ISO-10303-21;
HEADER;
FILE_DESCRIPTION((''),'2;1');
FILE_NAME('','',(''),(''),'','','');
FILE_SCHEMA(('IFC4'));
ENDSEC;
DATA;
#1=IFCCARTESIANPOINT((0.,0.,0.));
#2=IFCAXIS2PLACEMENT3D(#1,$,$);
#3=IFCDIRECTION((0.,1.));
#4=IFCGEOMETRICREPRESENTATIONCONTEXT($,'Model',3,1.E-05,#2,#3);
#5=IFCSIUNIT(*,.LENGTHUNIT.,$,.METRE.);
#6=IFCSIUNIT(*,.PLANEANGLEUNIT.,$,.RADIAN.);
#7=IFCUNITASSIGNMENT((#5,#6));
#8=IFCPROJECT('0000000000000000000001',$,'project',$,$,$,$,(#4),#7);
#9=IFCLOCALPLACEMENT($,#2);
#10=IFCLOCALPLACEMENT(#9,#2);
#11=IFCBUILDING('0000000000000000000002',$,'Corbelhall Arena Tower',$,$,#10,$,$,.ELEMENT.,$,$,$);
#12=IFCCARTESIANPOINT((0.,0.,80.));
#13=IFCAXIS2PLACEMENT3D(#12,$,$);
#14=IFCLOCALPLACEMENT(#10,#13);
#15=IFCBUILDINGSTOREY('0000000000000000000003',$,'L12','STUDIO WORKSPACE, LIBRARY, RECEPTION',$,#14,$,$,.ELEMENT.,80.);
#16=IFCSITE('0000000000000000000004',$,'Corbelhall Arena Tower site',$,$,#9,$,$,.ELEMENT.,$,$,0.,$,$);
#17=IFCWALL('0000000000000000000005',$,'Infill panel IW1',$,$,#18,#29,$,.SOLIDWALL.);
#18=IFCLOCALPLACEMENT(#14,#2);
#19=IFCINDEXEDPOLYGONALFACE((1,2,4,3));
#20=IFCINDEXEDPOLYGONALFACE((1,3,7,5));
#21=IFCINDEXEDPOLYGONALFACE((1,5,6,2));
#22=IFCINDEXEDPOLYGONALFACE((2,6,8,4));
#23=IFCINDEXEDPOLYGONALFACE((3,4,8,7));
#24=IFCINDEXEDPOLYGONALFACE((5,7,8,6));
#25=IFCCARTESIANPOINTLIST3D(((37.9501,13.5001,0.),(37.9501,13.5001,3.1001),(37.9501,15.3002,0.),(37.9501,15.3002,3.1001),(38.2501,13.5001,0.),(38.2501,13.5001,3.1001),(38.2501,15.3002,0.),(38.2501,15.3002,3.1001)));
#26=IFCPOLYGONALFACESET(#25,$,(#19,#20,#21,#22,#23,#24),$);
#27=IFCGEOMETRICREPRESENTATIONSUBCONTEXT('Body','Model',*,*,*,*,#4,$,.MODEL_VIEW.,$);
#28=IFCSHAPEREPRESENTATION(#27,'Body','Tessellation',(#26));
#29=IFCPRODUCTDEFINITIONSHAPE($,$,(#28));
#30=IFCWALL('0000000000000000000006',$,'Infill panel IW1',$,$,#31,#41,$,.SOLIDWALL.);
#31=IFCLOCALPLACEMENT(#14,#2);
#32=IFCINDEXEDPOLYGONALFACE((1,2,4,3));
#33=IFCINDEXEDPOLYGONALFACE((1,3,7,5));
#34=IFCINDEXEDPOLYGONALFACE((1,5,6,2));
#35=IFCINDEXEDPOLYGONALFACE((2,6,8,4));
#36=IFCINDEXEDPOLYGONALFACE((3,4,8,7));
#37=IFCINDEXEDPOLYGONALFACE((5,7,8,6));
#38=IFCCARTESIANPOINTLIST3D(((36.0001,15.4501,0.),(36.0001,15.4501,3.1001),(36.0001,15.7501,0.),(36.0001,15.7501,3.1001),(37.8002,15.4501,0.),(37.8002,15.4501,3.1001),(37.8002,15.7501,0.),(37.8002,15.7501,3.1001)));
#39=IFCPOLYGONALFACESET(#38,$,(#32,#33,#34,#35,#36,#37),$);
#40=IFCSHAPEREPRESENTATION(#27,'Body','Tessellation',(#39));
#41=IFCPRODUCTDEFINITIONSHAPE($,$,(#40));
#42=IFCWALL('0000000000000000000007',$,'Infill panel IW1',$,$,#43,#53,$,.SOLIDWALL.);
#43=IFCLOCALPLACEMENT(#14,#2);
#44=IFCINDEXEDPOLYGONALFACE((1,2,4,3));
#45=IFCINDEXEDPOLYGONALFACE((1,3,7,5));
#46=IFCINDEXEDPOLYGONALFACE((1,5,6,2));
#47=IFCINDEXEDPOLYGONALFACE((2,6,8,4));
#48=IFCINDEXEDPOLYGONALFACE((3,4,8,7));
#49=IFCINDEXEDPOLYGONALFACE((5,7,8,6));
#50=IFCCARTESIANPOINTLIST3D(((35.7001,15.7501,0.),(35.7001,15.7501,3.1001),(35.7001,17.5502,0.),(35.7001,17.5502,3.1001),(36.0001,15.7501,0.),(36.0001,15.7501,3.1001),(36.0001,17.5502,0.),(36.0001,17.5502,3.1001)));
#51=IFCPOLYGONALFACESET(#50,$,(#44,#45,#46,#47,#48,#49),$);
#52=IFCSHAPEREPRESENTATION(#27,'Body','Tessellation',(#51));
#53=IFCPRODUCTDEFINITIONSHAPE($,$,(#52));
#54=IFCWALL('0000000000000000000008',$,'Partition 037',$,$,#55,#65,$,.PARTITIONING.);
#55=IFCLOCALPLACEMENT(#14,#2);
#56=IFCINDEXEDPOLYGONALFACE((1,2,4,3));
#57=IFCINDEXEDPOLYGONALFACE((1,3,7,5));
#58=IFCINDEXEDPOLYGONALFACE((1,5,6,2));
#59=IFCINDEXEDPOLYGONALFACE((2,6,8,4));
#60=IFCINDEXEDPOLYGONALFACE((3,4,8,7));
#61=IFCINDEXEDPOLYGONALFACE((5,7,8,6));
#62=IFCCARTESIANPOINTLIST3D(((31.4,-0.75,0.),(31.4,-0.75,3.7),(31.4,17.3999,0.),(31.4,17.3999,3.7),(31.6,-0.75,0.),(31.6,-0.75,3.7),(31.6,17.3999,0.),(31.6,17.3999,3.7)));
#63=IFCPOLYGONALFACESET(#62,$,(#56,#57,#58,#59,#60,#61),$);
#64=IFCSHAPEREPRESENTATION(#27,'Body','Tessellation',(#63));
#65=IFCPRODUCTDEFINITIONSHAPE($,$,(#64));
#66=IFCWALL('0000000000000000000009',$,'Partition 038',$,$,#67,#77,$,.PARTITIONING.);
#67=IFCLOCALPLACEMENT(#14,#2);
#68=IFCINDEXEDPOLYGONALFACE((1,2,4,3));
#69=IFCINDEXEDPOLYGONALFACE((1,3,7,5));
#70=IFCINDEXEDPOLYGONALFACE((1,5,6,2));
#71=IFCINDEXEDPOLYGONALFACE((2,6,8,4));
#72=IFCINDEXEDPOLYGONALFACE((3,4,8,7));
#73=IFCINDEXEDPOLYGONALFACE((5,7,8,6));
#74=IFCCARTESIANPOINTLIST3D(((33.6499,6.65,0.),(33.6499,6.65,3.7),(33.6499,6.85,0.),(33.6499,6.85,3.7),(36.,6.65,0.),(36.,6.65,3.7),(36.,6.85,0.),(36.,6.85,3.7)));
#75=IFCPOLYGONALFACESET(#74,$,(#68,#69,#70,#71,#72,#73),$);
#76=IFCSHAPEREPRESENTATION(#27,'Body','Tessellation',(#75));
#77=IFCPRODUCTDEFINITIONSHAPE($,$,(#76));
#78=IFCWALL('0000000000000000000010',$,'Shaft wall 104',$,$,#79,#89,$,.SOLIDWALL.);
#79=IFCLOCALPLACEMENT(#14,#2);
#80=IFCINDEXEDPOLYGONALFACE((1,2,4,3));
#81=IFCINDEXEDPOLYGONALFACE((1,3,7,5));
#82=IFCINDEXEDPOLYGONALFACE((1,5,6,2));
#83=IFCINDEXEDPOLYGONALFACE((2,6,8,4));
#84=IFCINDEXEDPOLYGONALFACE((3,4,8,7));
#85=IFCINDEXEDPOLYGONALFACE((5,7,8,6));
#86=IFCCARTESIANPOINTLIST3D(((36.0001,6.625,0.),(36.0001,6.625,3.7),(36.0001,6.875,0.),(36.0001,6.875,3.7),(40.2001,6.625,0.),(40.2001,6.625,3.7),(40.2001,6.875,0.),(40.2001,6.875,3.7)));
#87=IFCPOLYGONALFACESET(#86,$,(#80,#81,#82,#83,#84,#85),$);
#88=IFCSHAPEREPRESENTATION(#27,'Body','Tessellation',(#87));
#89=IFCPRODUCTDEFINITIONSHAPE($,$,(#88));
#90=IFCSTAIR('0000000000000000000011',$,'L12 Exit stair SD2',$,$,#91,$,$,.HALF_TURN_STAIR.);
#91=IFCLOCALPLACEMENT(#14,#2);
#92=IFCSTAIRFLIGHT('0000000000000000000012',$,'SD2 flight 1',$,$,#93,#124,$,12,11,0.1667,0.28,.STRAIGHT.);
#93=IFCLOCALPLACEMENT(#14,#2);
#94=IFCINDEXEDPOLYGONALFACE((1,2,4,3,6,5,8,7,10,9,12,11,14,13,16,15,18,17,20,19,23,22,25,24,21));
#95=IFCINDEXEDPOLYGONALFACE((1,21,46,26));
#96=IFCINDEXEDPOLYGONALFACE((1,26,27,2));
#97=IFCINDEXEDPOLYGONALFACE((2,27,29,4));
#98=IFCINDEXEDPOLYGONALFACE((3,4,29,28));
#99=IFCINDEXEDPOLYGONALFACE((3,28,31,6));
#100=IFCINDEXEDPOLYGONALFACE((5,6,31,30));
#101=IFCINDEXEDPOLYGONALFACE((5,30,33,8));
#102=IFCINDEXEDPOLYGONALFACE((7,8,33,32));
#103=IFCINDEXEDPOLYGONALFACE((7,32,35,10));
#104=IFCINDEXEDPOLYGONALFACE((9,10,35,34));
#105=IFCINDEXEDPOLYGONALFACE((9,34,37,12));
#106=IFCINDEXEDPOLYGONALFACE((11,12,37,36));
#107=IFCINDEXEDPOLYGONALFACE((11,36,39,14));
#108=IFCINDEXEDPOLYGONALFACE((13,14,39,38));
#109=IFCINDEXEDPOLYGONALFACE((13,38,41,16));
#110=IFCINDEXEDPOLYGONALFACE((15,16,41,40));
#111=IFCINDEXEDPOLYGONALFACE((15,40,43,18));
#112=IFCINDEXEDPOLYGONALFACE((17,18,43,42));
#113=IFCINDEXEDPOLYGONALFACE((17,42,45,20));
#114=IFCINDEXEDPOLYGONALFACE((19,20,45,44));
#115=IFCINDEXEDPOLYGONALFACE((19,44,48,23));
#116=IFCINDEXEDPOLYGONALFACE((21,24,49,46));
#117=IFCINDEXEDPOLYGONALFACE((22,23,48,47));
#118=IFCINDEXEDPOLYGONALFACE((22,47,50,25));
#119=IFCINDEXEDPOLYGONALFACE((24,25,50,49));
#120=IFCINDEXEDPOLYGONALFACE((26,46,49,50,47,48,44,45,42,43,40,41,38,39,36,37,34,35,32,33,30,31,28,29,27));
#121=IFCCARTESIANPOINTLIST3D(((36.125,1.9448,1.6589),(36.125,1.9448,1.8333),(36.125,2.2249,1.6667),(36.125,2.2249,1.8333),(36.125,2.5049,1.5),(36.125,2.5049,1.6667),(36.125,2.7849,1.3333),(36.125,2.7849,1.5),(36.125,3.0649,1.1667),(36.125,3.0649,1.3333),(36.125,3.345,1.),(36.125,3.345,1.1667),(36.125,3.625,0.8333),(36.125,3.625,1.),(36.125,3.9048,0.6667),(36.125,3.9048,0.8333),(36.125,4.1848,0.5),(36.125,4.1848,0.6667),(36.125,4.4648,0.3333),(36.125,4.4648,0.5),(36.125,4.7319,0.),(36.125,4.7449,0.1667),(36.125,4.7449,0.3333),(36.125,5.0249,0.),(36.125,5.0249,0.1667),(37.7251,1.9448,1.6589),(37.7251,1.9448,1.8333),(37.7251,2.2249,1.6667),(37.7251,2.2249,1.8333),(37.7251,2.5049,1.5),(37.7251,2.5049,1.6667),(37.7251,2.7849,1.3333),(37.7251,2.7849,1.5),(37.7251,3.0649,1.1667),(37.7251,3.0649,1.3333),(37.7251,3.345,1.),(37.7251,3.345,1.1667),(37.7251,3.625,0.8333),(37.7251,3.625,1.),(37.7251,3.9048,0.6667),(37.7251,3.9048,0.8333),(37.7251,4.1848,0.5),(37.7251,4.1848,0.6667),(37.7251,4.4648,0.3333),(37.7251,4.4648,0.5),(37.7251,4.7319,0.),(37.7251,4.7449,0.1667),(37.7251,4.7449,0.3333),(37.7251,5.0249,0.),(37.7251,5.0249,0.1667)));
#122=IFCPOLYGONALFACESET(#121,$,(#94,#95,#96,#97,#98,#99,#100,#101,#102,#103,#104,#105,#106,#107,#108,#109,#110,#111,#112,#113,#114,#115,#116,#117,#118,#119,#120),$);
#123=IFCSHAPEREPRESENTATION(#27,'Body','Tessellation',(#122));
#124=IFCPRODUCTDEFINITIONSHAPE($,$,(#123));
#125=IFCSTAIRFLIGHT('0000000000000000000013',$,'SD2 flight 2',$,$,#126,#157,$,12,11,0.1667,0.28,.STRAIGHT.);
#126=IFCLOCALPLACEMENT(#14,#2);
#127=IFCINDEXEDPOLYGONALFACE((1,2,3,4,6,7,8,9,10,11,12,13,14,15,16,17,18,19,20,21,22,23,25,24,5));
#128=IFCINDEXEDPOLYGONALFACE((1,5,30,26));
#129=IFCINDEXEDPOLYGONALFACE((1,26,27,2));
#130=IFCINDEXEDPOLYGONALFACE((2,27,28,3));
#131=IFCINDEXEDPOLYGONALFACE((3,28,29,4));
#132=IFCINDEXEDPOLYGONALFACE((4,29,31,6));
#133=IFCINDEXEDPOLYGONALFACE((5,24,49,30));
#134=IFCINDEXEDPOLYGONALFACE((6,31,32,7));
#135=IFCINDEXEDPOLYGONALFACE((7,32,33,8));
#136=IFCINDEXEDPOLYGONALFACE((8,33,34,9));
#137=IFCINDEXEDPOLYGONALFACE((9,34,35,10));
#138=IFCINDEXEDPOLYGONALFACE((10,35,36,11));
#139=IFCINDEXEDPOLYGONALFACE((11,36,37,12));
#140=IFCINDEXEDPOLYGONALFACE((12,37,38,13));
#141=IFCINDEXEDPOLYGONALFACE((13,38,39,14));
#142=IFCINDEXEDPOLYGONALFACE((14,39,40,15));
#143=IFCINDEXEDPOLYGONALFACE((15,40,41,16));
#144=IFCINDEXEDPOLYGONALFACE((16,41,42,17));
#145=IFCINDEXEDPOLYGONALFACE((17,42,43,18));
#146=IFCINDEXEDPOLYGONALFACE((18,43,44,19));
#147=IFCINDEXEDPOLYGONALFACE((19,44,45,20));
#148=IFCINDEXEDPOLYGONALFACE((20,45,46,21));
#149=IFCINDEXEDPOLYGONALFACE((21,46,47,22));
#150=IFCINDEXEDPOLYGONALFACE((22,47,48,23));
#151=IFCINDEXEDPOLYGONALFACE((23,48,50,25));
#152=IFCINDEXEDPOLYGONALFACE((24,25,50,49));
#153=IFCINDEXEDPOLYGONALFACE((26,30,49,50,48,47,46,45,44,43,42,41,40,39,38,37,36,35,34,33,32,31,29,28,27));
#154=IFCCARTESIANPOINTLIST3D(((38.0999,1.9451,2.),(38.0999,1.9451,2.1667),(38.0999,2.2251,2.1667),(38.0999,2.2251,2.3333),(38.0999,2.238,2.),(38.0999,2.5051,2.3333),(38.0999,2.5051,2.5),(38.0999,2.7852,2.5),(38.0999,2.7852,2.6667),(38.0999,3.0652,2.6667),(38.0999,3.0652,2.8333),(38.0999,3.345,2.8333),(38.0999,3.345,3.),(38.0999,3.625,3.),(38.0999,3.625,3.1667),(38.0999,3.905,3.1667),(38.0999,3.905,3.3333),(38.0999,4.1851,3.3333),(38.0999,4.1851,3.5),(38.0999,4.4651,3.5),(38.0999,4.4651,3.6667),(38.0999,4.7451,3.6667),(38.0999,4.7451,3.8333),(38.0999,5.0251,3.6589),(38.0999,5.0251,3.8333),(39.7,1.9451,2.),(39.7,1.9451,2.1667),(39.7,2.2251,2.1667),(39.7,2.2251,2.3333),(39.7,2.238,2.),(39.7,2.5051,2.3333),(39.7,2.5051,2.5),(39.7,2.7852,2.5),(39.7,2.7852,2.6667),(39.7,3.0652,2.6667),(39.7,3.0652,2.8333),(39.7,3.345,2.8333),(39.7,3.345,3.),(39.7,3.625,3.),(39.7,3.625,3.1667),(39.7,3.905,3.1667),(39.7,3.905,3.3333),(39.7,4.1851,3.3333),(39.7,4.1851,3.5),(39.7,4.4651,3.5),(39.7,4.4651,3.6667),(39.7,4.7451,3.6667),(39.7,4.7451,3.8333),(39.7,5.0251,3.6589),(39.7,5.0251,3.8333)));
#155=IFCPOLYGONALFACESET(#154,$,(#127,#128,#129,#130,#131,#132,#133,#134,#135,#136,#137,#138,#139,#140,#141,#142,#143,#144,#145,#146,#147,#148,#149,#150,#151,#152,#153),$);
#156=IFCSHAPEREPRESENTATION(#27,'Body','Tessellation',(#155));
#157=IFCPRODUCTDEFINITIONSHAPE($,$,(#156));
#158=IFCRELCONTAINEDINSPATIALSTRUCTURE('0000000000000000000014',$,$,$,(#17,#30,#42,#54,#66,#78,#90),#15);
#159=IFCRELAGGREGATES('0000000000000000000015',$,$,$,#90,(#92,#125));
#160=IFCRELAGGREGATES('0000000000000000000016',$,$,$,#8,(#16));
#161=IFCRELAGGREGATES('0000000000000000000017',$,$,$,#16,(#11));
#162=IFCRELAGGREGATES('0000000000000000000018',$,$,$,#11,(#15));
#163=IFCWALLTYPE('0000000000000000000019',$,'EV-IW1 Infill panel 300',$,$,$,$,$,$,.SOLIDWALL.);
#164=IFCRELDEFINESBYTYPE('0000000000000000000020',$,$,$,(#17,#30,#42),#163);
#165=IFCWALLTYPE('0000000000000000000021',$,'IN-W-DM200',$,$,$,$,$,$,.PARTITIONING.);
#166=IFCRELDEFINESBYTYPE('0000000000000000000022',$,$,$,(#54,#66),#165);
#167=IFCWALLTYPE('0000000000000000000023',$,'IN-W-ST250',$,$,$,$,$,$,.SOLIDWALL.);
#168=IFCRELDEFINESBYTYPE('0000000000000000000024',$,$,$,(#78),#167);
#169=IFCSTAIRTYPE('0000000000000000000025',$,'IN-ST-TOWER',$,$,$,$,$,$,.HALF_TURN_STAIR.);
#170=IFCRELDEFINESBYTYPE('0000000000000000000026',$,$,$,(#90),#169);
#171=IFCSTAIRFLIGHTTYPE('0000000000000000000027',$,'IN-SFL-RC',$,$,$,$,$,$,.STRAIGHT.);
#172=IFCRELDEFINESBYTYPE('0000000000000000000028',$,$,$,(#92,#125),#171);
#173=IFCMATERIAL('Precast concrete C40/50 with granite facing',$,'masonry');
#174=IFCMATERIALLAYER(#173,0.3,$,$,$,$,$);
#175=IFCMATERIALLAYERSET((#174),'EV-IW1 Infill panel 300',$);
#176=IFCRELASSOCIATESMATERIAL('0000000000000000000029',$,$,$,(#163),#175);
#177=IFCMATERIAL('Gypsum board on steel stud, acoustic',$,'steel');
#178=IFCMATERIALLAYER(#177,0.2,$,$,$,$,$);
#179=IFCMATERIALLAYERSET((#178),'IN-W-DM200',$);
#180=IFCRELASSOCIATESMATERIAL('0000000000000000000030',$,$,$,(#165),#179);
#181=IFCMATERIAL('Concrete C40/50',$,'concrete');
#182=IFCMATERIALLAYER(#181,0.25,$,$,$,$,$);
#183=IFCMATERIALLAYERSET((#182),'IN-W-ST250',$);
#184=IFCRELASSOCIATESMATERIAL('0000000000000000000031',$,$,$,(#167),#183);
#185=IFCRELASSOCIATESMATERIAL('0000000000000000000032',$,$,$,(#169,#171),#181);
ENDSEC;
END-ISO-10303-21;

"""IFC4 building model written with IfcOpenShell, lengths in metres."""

from ifc_helpers import new_model, si_unit, direction, frame, frame_2d, origin, place, context, subcontext, project, spatial, polyline, rectangle, outline, extrude, material, layer, layer_set, type_object, element, aggregate, save


model = new_model("IFC4")

# Units and contexts
model_context = context("Model", 3, precision=1e-05, world=origin(), true_north=direction((0.0, 1.0)))
body_context = subcontext(model_context, "Body", "Model", "MODEL_VIEW")
ifc_project = project(units=[si_unit("LENGTHUNIT", "METRE"), si_unit("PLANEANGLEUNIT", "RADIAN")], contexts=[model_context])

# Site, building, storey
site_placement = place(None, origin())
site = spatial("IfcSite", under=ifc_project, at=site_placement, Name="Corbelhall Arena Tower site", CompositionType="ELEMENT", RefElevation=0.0)
building_placement = place(site_placement, origin())
building = spatial("IfcBuilding", under=site, at=building_placement, Name="Corbelhall Arena Tower", CompositionType="ELEMENT")
storey_placement = place(building_placement, frame((0.0, 0.0, 80.0)))
storey = spatial("IfcBuildingStorey", under=building, at=storey_placement, Name="L12", Description="STUDIO WORKSPACE, LIBRARY, RECEPTION", CompositionType="ELEMENT", Elevation=80.0)

# Walls
ifc_material_1 = material(Name="Precast concrete C40/50 with granite facing", Category="masonry")
ifc_layer_1 = layer(ifc_material_1, 0.3)
ifc_layer_set_1 = layer_set([ifc_layer_1], Name="EV-IW1 Infill panel 300")
wall_type_1 = type_object("IfcWallType", Name="EV-IW1 Infill panel 300", PredefinedType="SOLIDWALL", material=ifc_layer_set_1)
for number, where, z_axis, x_axis, name in (
    (1, (38.1001, 15.3, 0.0), (0.0, 0.0, 1.0), (0.0, -1.0, 0.0), "Infill panel IW1"),
    (2, (37.8, 15.6001, 0.0), (0.0, 0.0, 1.0), (-1.0, 0.0, 0.0), "Infill panel IW1"),
    (3, (35.8501, 17.55, 0.0), (0.0, 0.0, 1.0), (0.0, -1.0, 0.0), "Infill panel IW1"),
):
    element("IfcWall", number, at=place(storey_placement, frame(where, z_axis=z_axis, x_axis=x_axis)), inside=storey, type_object=wall_type_1, Name=name, PredefinedType="SOLIDWALL", context=body_context, shape_type="SweptSolid", body=[
        extrude(rectangle(XDim=1.8, YDim=0.3, at=frame_2d((0.8999, 0.0))), origin(), (0.0, 0.0, 1.0), 3.1001),
    ])

# Walls
ifc_material_2 = material(Name="Gypsum board on steel stud, acoustic", Category="steel")
ifc_layer_2 = layer(ifc_material_2, 0.2)
ifc_layer_set_2 = layer_set([ifc_layer_2], Name="IN-W-DM200")
wall_type_2 = type_object("IfcWallType", Name="IN-W-DM200", PredefinedType="PARTITIONING", material=ifc_layer_set_2)
wall_1_placement = place(storey_placement, frame((31.5, 17.3999, 0.0), z_axis=(0.0, 0.0, 1.0), x_axis=(0.0, -1.0, 0.0)))
element("IfcWall", 4, at=wall_1_placement, inside=storey, type_object=wall_type_2, Name="Partition 037", PredefinedType="PARTITIONING", context=body_context, shape_type="SweptSolid", body=[
    extrude(rectangle(XDim=18.1499, YDim=0.2, at=frame_2d((9.075, 0.0))), origin(), (0.0, 0.0, 1.0), 3.7),
])
wall_2_placement = place(storey_placement, frame((33.6499, 6.75, 0.0), z_axis=(0.0, 0.0, 1.0), x_axis=(1.0, 0.0, 0.0)))
element("IfcWall", 5, at=wall_2_placement, inside=storey, type_object=wall_type_2, Name="Partition 038", PredefinedType="PARTITIONING", context=body_context, shape_type="SweptSolid", body=[
    extrude(rectangle(XDim=2.3501, YDim=0.2, at=frame_2d((1.175, 0.0))), origin(), (0.0, 0.0, 1.0), 3.7),
])
ifc_material_3 = material(Name="Concrete C40/50", Category="concrete")
ifc_layer_3 = layer(ifc_material_3, 0.25)
ifc_layer_set_3 = layer_set([ifc_layer_3], Name="IN-W-ST250")
wall_type_3 = type_object("IfcWallType", Name="IN-W-ST250", PredefinedType="SOLIDWALL", material=ifc_layer_set_3)
wall_3_placement = place(storey_placement, frame((36.0, 6.75, 0.0), z_axis=(0.0, 0.0, 1.0), x_axis=(1.0, 0.0, 0.0)))
element("IfcWall", 6, at=wall_3_placement, inside=storey, type_object=wall_type_3, Name="Shaft wall 104", PredefinedType="SOLIDWALL", context=body_context, shape_type="SweptSolid", body=[
    extrude(rectangle(XDim=4.2, YDim=0.25, at=frame_2d((2.1001, 0.0))), origin(), (0.0, 0.0, 1.0), 3.7),
])

# Stair, stair flights
stair_type = type_object("IfcStairType", Name="IN-ST-TOWER", PredefinedType="HALF_TURN_STAIR", material=ifc_material_3)
stair_placement = place(storey_placement, origin())
stair = element("IfcStair", 7, at=stair_placement, inside=storey, type_object=stair_type, Name="L12 Exit stair SD2", PredefinedType="HALF_TURN_STAIR")
stair_flight_type = type_object("IfcStairFlightType", Name="IN-SFL-RC", PredefinedType="STRAIGHT", material=ifc_material_3)
stair_flight_1_placement = place(storey_placement, frame((36.925, 5.0249, 0.0), z_axis=(0.0, 0.0, 1.0), x_axis=(0.0, -1.0, 0.0)))
stair_flight_1 = element("IfcStairFlight", 8, at=stair_flight_1_placement, type_object=stair_flight_type, Name="SD2 flight 1", NumberOfRisers=12, NumberOfTreads=11, PredefinedType="STRAIGHT", RiserHeight=0.1667, TreadLength=0.28, context=body_context, shape_type="SweptSolid", body=[
    extrude(outline(polyline([(0.0, 0.0), (0.0, 0.1667), (0.28, 0.1667), (0.28, 0.3333), (0.5601, 0.3333), (0.5601, 0.5), (0.8401, 0.5), (0.8401, 0.6667), (1.1201, 0.6667), (1.1201, 0.8333), (1.3999, 0.8333), (1.3999, 1.0), (1.6799, 1.0), (1.6799, 1.1667), (1.96, 1.1667), (1.96, 1.3333), (2.24, 1.3333), (2.24, 1.5), (2.52, 1.5), (2.52, 1.6667), (2.8, 1.6667), (2.8, 1.8333), (3.0801, 1.8333), (3.0801, 2.0), (3.0801, 1.6589), (0.293, 0.0), (0.0, 0.0)])), frame((0.0, 0.8, 0.0), z_axis=(0.0, -1.0, 0.0), x_axis=(1.0, 0.0, 0.0)), (0.0, 0.0, 1.0), 1.6001),
])
stair_flight_2_placement = place(storey_placement, frame((38.8999, 1.9451, 2.0), z_axis=(0.0, 0.0, 1.0), x_axis=(0.0, 1.0, 0.0)))
stair_flight_2 = element("IfcStairFlight", 9, at=stair_flight_2_placement, type_object=stair_flight_type, Name="SD2 flight 2", NumberOfRisers=12, NumberOfTreads=11, PredefinedType="STRAIGHT", RiserHeight=0.1667, TreadLength=0.28, context=body_context, shape_type="SweptSolid", body=[
    extrude(outline(polyline([(0.0, 0.0), (0.0, 0.1667), (0.28, 0.1667), (0.28, 0.3333), (0.5601, 0.3333), (0.5601, 0.5), (0.8401, 0.5), (0.8401, 0.6667), (1.1201, 0.6667), (1.1201, 0.8333), (1.3999, 0.8333), (1.3999, 1.0), (1.6799, 1.0), (1.6799, 1.1667), (1.96, 1.1667), (1.96, 1.3333), (2.24, 1.3333), (2.24, 1.5), (2.52, 1.5), (2.52, 1.6667), (2.8, 1.6667), (2.8, 1.8333), (3.0801, 1.8333), (3.0801, 2.0), (3.0801, 1.6589), (0.293, 0.0), (0.0, 0.0)])), frame((0.0, 0.8, 0.0), z_axis=(0.0, -1.0, 0.0), x_axis=(1.0, 0.0, 0.0)), (0.0, 0.0, 1.0), 1.6001),
])
aggregate(stair, [stair_flight_1, stair_flight_2])

save(model, "model.ifc")
